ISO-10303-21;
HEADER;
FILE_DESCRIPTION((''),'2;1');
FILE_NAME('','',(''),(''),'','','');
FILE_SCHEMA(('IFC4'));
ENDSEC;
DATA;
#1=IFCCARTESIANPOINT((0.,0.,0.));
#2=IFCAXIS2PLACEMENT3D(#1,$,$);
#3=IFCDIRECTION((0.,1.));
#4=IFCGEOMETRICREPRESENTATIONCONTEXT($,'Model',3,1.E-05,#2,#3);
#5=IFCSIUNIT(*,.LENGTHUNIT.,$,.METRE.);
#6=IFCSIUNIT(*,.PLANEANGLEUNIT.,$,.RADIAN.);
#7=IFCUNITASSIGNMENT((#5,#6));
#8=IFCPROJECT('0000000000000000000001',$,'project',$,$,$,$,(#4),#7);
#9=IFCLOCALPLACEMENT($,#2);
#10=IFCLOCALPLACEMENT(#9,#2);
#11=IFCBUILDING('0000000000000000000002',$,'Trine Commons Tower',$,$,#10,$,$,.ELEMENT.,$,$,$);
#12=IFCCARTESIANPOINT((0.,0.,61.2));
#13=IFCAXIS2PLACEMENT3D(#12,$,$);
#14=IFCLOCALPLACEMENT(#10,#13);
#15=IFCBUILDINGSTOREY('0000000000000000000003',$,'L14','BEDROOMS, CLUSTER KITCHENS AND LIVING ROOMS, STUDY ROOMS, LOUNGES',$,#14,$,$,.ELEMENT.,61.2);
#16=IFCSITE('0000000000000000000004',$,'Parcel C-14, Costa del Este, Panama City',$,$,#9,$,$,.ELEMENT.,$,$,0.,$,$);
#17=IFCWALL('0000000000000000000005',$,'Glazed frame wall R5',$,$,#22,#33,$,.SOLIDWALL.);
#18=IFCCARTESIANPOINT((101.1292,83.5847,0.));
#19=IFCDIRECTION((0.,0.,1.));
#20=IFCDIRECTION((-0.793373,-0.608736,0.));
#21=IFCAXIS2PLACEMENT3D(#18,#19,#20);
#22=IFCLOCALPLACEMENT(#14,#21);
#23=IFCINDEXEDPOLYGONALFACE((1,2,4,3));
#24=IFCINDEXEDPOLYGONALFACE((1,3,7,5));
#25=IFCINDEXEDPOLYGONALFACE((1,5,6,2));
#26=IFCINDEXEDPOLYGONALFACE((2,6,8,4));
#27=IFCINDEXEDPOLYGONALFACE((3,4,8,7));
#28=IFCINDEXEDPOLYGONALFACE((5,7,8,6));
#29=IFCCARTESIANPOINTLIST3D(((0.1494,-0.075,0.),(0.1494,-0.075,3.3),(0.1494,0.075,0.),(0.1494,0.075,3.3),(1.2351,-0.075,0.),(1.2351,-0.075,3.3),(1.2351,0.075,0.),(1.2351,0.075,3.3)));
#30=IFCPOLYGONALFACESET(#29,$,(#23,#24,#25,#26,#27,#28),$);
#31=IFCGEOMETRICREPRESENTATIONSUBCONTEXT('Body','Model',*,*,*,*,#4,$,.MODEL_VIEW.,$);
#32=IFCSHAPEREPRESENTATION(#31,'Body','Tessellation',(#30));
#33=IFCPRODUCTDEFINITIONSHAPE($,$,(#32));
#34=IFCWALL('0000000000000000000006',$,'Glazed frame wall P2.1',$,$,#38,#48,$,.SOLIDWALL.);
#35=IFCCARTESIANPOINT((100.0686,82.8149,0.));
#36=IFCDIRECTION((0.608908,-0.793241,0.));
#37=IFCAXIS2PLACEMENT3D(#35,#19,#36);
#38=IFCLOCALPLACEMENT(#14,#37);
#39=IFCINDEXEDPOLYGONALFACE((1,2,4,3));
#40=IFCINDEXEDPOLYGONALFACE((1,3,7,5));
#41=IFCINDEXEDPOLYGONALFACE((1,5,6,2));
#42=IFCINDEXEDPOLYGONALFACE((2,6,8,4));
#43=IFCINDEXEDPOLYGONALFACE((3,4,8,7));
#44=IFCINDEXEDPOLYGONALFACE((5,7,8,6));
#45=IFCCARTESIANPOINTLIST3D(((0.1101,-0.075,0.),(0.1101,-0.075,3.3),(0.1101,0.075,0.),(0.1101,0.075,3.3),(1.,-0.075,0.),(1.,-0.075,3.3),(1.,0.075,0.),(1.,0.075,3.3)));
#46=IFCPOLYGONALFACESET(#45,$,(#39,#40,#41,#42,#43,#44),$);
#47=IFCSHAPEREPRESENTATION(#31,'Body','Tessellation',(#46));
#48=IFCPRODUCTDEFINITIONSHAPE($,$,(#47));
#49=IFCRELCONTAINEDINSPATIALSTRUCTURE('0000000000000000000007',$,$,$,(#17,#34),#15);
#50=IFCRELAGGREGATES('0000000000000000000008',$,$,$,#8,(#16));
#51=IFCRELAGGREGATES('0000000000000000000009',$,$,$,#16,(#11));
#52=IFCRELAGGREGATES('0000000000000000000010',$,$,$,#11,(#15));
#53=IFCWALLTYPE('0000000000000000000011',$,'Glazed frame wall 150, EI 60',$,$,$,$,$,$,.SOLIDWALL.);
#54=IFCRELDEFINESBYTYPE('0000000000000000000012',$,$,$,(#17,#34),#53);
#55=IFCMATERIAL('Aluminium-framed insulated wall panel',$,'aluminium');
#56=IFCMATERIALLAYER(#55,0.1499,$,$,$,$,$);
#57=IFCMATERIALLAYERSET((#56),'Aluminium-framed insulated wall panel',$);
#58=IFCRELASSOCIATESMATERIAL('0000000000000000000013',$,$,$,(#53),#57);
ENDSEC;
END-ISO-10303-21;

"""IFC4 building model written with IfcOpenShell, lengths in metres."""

from ifc_helpers import new_model, si_unit, direction, frame, origin, place, context, subcontext, project, spatial, polyline, outline, extrude, material, layer, layer_set, type_object, element, save


model = new_model("IFC4")

# Units and contexts
model_context = context("Model", 3, precision=1e-05, world=origin(), true_north=direction((0.0, 1.0)))
body_context = subcontext(model_context, "Body", "Model", "MODEL_VIEW")
ifc_project = project(units=[si_unit("LENGTHUNIT", "METRE"), si_unit("PLANEANGLEUNIT", "RADIAN")], contexts=[model_context])

# Site, building, storey
site_placement = place(None, origin())
site = spatial("IfcSite", under=ifc_project, at=site_placement, Name="Parcel C-14, Costa del Este, Panama City", CompositionType="ELEMENT", RefElevation=0.0)
building_placement = place(site_placement, origin())
building = spatial("IfcBuilding", under=site, at=building_placement, Name="Trine Commons Tower", CompositionType="ELEMENT")
storey_placement = place(building_placement, frame((0.0, 0.0, 61.2)))
storey = spatial("IfcBuildingStorey", under=building, at=storey_placement, Name="L14", Description="BEDROOMS, CLUSTER KITCHENS AND LIVING ROOMS, STUDY ROOMS, LOUNGES", CompositionType="ELEMENT", Elevation=61.2)

# Walls
ifc_material_1 = material(Name="Aluminium-framed insulated wall panel", Category="aluminium")
ifc_layer_1 = layer(ifc_material_1, 0.1499)
ifc_layer_set_1 = layer_set([ifc_layer_1], Name="Aluminium-framed insulated wall panel")
wall_type_1 = type_object("IfcWallType", Name="Glazed frame wall 150, EI 60", PredefinedType="SOLIDWALL", material=ifc_layer_set_1)
wall_1_placement = place(storey_placement, frame((101.1292, 83.5847, 0.0), z_axis=(0.0, 0.0, 1.0), x_axis=(-0.793373, -0.608736, 0.0)))
element("IfcWall", 1, at=wall_1_placement, inside=storey, type_object=wall_type_1, Name="Glazed frame wall R5", PredefinedType="SOLIDWALL", context=body_context, shape_type="SweptSolid", body=[
    extrude(outline(polyline([(0.1494, 0.075), (0.1494, -0.075), (1.2351, -0.075), (1.2351, 0.075), (0.1494, 0.075)])), origin(), (0.0, 0.0, 1.0), 3.3),
])
wall_2_placement = place(storey_placement, frame((100.0686, 82.8149, 0.0), z_axis=(0.0, 0.0, 1.0), x_axis=(0.608908, -0.793241, 0.0)))
element("IfcWall", 2, at=wall_2_placement, inside=storey, type_object=wall_type_1, Name="Glazed frame wall P2.1", PredefinedType="SOLIDWALL", context=body_context, shape_type="SweptSolid", body=[
    extrude(outline(polyline([(0.1101, -0.075), (1.0, -0.075), (1.0, 0.075), (0.1101, 0.075), (0.1101, -0.075)])), origin(), (0.0, 0.0, 1.0), 3.3),
])

save(model, "model.ifc")
